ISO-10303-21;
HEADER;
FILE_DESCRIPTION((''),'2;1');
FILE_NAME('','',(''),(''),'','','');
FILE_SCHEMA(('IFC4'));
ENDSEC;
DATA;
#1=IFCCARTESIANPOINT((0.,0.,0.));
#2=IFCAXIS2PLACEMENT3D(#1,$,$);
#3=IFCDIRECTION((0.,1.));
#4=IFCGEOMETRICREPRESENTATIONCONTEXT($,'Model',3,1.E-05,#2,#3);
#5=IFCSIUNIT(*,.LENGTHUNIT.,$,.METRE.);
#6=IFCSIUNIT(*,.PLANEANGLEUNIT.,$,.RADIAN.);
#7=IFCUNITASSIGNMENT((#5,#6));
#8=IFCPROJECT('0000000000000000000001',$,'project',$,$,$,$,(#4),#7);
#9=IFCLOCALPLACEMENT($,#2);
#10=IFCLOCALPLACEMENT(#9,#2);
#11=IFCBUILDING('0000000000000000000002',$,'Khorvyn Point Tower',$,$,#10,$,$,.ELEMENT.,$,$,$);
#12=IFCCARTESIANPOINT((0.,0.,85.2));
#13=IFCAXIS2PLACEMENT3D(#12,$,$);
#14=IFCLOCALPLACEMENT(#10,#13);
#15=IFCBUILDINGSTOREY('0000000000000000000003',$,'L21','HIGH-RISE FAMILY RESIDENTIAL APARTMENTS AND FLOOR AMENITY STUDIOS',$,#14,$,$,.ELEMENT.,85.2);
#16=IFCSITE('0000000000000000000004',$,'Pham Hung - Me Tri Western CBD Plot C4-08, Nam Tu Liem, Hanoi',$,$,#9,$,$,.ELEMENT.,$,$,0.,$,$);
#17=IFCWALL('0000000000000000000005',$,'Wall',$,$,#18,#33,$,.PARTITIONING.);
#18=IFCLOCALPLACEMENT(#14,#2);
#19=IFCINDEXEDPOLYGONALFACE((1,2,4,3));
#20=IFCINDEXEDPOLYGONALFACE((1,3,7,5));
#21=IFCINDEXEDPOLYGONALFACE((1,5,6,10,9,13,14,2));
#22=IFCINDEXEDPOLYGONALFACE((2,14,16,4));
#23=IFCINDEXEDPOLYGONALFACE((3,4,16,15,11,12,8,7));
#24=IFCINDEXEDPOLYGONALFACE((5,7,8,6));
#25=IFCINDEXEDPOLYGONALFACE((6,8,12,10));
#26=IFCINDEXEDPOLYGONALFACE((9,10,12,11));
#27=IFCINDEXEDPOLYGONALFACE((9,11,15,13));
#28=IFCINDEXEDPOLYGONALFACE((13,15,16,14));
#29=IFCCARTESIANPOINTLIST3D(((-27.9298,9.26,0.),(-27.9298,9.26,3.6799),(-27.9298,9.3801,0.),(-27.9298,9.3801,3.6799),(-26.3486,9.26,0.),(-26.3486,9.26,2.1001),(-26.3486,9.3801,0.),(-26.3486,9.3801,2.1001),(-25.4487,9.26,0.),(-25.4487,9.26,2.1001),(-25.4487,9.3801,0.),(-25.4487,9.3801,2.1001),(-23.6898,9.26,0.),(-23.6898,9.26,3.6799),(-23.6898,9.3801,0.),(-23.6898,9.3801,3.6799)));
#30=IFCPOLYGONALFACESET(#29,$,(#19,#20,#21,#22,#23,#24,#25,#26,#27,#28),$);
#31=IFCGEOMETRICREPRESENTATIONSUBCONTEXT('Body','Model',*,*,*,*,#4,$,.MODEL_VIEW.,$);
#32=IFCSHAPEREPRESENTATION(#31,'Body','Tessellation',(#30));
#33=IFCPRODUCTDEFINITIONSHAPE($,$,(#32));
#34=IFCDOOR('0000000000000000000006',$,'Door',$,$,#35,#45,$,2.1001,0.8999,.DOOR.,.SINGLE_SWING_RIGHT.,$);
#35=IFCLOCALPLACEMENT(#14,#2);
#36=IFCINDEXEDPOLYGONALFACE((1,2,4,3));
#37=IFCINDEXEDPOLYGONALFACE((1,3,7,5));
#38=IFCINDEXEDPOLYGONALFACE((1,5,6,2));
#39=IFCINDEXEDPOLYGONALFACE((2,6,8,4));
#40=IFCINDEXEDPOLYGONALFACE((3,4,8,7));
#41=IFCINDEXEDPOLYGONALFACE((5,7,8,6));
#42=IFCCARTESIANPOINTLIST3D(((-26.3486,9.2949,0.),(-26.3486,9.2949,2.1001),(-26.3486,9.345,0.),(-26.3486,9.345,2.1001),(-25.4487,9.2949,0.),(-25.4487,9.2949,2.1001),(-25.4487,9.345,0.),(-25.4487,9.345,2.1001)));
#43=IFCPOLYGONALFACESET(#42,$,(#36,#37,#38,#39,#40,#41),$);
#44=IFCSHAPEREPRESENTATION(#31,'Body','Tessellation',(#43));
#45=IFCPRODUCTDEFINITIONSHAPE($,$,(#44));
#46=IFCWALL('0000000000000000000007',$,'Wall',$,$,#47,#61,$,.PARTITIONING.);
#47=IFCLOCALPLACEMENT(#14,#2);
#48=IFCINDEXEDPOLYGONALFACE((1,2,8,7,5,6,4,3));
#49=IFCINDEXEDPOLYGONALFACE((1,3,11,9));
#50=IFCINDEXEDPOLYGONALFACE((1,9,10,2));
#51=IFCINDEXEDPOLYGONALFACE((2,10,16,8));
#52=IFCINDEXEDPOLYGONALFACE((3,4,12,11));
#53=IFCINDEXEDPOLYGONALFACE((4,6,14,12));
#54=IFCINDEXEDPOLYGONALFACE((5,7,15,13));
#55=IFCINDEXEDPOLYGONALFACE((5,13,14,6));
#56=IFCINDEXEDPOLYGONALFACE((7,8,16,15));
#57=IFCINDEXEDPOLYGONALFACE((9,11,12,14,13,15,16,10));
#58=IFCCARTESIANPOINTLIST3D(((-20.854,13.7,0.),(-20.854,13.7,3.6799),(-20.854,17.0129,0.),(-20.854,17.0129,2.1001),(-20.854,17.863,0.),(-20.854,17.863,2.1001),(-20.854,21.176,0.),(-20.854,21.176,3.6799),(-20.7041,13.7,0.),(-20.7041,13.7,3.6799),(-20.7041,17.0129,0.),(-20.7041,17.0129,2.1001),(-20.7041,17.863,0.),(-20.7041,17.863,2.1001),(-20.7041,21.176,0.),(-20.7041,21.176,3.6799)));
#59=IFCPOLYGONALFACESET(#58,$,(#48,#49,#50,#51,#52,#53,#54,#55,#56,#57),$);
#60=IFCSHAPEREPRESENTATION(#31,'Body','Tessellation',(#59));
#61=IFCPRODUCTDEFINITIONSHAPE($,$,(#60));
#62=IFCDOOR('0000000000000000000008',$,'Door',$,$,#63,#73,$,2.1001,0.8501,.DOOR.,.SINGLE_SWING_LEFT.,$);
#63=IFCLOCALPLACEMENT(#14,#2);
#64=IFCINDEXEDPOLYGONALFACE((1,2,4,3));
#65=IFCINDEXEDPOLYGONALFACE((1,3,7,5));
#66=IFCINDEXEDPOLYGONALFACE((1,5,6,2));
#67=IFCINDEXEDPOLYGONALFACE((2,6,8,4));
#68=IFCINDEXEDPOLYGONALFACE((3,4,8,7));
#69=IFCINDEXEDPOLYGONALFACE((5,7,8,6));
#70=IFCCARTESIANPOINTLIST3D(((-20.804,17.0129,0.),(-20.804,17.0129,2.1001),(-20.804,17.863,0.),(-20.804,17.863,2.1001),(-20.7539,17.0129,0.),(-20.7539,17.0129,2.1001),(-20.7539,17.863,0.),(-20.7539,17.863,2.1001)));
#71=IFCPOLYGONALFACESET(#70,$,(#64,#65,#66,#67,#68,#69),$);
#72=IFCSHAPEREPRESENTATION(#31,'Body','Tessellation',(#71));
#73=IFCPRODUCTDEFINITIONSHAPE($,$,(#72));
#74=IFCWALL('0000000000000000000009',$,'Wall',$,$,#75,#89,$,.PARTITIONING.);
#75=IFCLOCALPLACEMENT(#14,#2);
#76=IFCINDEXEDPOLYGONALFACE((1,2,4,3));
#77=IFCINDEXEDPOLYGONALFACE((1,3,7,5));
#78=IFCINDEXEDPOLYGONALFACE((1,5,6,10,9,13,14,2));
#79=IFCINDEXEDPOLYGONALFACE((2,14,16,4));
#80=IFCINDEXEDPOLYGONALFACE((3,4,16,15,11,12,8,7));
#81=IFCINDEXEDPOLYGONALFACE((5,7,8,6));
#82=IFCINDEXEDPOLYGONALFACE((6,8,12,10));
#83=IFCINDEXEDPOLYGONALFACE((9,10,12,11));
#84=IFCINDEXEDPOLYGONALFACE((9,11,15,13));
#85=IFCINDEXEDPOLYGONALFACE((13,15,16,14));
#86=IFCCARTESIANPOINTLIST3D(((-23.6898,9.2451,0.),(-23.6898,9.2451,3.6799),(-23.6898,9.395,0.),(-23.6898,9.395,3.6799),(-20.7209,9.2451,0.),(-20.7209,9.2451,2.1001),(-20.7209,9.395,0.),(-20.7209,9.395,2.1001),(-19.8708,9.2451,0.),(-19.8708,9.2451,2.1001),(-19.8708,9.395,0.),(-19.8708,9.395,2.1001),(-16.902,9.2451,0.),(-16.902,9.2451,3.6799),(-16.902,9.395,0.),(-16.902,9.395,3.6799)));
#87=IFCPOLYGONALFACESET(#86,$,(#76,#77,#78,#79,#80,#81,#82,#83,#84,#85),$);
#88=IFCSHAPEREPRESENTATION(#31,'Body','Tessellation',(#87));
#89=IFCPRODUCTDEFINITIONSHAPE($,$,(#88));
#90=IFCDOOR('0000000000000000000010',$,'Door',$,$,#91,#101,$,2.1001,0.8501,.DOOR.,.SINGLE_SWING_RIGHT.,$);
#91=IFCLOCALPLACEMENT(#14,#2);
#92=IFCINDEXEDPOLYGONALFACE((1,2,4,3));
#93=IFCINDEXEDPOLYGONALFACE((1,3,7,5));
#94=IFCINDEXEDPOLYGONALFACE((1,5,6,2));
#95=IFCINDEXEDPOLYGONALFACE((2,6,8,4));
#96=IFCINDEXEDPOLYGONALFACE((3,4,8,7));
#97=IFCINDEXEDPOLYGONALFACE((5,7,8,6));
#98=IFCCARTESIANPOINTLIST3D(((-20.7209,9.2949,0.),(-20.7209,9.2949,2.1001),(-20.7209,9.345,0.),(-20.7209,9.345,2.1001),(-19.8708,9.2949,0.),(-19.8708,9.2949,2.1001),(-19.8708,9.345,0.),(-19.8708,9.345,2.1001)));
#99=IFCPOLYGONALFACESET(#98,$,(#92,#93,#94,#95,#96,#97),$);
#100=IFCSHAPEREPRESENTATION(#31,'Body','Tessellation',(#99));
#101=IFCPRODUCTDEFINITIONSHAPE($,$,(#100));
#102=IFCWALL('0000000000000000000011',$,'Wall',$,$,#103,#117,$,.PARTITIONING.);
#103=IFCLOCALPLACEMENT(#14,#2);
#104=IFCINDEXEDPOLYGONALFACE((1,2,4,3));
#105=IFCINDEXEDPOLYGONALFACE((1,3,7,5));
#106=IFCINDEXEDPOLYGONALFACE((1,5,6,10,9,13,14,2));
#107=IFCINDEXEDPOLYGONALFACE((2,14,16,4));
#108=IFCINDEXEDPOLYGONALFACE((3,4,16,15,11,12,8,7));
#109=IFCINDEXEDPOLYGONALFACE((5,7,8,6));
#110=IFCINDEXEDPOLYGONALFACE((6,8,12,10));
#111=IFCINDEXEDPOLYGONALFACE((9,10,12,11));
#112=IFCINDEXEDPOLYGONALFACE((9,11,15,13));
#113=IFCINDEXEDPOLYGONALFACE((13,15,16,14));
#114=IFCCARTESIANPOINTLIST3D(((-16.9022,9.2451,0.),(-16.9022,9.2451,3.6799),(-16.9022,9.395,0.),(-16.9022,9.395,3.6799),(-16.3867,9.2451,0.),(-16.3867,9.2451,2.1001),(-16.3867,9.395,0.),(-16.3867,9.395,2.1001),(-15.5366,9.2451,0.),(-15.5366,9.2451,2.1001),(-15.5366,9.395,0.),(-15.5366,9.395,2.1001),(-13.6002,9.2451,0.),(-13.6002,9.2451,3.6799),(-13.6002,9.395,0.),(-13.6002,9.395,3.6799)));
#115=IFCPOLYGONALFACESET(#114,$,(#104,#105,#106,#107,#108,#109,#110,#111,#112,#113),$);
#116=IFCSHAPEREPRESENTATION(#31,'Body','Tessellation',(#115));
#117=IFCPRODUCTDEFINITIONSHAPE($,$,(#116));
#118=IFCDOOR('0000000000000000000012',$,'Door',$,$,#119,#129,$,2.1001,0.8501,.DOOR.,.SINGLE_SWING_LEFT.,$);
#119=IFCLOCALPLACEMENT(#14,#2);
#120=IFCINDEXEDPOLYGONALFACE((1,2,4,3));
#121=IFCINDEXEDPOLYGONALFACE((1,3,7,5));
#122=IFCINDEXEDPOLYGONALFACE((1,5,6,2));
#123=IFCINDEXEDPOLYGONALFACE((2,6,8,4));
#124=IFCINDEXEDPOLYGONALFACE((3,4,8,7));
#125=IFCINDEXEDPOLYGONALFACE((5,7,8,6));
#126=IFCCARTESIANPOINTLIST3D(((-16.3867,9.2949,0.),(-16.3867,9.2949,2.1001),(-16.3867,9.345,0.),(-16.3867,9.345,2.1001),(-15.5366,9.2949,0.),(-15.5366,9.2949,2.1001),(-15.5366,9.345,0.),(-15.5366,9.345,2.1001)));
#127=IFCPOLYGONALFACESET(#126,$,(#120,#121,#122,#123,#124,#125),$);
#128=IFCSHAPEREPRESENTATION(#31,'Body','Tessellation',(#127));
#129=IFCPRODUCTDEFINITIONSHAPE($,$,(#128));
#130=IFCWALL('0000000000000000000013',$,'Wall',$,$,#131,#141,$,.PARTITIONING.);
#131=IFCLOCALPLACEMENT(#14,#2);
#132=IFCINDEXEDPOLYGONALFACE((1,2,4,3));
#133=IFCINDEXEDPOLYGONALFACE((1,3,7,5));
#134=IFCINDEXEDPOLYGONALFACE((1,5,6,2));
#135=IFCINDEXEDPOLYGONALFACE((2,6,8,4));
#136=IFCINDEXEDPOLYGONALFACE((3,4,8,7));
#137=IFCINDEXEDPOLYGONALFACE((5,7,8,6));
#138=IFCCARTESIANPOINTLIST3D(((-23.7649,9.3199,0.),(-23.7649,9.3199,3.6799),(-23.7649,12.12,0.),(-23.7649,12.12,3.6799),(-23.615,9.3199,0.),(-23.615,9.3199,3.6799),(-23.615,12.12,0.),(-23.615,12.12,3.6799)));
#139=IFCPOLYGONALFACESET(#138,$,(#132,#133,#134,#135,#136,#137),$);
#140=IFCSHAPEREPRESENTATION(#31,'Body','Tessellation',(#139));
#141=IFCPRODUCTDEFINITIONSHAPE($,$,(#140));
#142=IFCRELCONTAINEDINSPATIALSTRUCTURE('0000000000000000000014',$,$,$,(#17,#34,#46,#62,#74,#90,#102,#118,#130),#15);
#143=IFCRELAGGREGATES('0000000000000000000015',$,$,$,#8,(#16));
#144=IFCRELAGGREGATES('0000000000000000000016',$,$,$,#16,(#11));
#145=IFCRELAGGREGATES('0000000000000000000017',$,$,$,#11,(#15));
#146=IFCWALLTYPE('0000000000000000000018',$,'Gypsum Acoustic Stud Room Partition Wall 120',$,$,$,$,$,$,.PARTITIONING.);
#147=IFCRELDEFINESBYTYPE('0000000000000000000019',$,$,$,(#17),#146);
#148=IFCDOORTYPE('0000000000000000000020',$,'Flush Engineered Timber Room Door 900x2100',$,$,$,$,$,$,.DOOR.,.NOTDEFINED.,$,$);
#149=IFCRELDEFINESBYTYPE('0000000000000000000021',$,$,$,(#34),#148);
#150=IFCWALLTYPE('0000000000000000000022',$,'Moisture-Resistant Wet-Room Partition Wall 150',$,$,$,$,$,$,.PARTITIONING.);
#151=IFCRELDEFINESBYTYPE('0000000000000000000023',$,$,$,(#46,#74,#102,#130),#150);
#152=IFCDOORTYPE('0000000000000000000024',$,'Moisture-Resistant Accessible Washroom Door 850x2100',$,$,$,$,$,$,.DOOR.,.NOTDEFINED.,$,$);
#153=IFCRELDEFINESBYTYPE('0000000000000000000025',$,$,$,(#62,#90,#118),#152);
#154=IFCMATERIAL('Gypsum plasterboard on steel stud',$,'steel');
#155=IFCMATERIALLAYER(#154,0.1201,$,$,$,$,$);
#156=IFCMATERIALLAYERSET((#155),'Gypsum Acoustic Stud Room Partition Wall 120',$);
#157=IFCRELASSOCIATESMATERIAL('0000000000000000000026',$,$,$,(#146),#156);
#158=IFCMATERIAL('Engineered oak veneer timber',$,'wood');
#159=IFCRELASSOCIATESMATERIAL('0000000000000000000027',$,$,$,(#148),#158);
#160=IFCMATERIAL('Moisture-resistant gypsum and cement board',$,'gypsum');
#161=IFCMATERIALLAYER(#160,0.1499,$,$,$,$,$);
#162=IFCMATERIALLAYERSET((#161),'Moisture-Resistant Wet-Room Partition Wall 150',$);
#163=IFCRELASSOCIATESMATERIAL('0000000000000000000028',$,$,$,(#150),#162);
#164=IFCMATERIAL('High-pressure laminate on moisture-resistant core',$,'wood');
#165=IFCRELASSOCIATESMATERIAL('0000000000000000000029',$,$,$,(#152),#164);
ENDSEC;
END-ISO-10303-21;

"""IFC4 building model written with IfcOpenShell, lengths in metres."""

from ifc_helpers import new_model, si_unit, direction, frame, frame_2d, origin, place, context, subcontext, project, spatial, rectangle, extrude, material, layer, layer_set, type_object, element, fill, save


model = new_model("IFC4")

# Units and contexts
model_context = context("Model", 3, precision=1e-05, world=origin(), true_north=direction((0.0, 1.0)))
body_context = subcontext(model_context, "Body", "Model", "MODEL_VIEW")
ifc_project = project(units=[si_unit("LENGTHUNIT", "METRE"), si_unit("PLANEANGLEUNIT", "RADIAN")], contexts=[model_context])

# Site, building, storey
site_placement = place(None, origin())
site = spatial("IfcSite", under=ifc_project, at=site_placement, Name="Pham Hung - Me Tri Western CBD Plot C4-08, Nam Tu Liem, Hanoi", CompositionType="ELEMENT", RefElevation=0.0)
building_placement = place(site_placement, origin())
building = spatial("IfcBuilding", under=site, at=building_placement, Name="Khorvyn Point Tower", CompositionType="ELEMENT")
storey_placement = place(building_placement, frame((0.0, 0.0, 85.2)))
storey = spatial("IfcBuildingStorey", under=building, at=storey_placement, Name="L21", Description="HIGH-RISE FAMILY RESIDENTIAL APARTMENTS AND FLOOR AMENITY STUDIOS", CompositionType="ELEMENT", Elevation=85.2)

# Walls, openings, doors
ifc_material_1 = material(Name="Gypsum plasterboard on steel stud", Category="steel")
ifc_layer_1 = layer(ifc_material_1, 0.1201)
ifc_layer_set_1 = layer_set([ifc_layer_1], Name="Gypsum Acoustic Stud Room Partition Wall 120")
wall_type_1 = type_object("IfcWallType", Name="Gypsum Acoustic Stud Room Partition Wall 120", PredefinedType="PARTITIONING", material=ifc_layer_set_1)
wall_1_placement = place(storey_placement, frame((-27.9299, 9.3201, 0.0), z_axis=(0.0, 0.0, 1.0), x_axis=(1.0, 0.0, 0.0)))
wall_1 = element("IfcWall", 1, at=wall_1_placement, inside=storey, type_object=wall_type_1, Name="Wall", PredefinedType="PARTITIONING", context=body_context, shape_type="SweptSolid", body=[
    extrude(rectangle(XDim=4.24, YDim=0.1201, at=frame_2d((2.1201, 0.0))), origin(), (0.0, 0.0, 1.0), 3.6799),
])
opening_1_placement = place(wall_1_placement, frame((1.5813, 0.0, 0.0)))
opening_1 = element("IfcOpeningElement", 2, at=opening_1_placement, cuts=wall_1, PredefinedType="OPENING", context=body_context, shape_type="SweptSolid", body=[
    extrude(rectangle(XDim=0.8999, YDim=2.1001, at=frame_2d((0.45, 1.05))), frame((0.0, 0.0701, 0.0), z_axis=(0.0, -1.0, 0.0), x_axis=(1.0, 0.0, 0.0)), (0.0, 0.0, 1.0), 0.1401),
])
ifc_material_2 = material(Name="Engineered oak veneer timber", Category="wood")
door_type_1 = type_object("IfcDoorType", Name="Flush Engineered Timber Room Door 900x2100", OperationType="NOTDEFINED", PredefinedType="DOOR", material=ifc_material_2)
door_1_placement = place(opening_1_placement, origin())
door_1 = element("IfcDoor", 3, at=door_1_placement, inside=storey, type_object=door_type_1, Name="Door", OperationType="SINGLE_SWING_RIGHT", OverallHeight=2.1001, OverallWidth=0.8999, PredefinedType="DOOR", context=body_context, shape_type="SweptSolid", body=[
    extrude(rectangle(XDim=0.8999, YDim=2.1001, at=frame_2d((0.45, 1.05))), frame((0.0, 0.0249, 0.0), z_axis=(0.0, -1.0, 0.0), x_axis=(1.0, 0.0, 0.0)), (0.0, 0.0, 1.0), 0.05),
])
fill(opening_1, door_1)
ifc_material_3 = material(Name="Moisture-resistant gypsum and cement board", Category="gypsum")
ifc_layer_2 = layer(ifc_material_3, 0.1499)
ifc_layer_set_2 = layer_set([ifc_layer_2], Name="Moisture-Resistant Wet-Room Partition Wall 150")
wall_type_2 = type_object("IfcWallType", Name="Moisture-Resistant Wet-Room Partition Wall 150", PredefinedType="PARTITIONING", material=ifc_layer_set_2)
wall_2_placement = place(storey_placement, frame((-20.7791, 13.7, 0.0), z_axis=(0.0, 0.0, 1.0), x_axis=(0.0, 1.0, 0.0)))
wall_2 = element("IfcWall", 4, at=wall_2_placement, inside=storey, type_object=wall_type_2, Name="Wall", PredefinedType="PARTITIONING", context=body_context, shape_type="SweptSolid", body=[
    extrude(rectangle(XDim=7.4761, YDim=0.1499, at=frame_2d((3.738, 0.0))), origin(), (0.0, 0.0, 1.0), 3.6799),
])
opening_2_placement = place(wall_2_placement, frame((3.313, 0.0, 0.0)))
opening_2 = element("IfcOpeningElement", 5, at=opening_2_placement, cuts=wall_2, PredefinedType="OPENING", context=body_context, shape_type="SweptSolid", body=[
    extrude(rectangle(XDim=0.8501, YDim=2.1001, at=frame_2d((0.425, 1.05))), frame((0.0, 0.085, 0.0), z_axis=(0.0, -1.0, 0.0), x_axis=(1.0, 0.0, 0.0)), (0.0, 0.0, 1.0), 0.1699),
])
ifc_material_4 = material(Name="High-pressure laminate on moisture-resistant core", Category="wood")
door_type_2 = type_object("IfcDoorType", Name="Moisture-Resistant Accessible Washroom Door 850x2100", OperationType="NOTDEFINED", PredefinedType="DOOR", material=ifc_material_4)
door_2_placement = place(opening_2_placement, origin())
door_2 = element("IfcDoor", 6, at=door_2_placement, inside=storey, type_object=door_type_2, Name="Door", OperationType="SINGLE_SWING_LEFT", OverallHeight=2.1001, OverallWidth=0.8501, PredefinedType="DOOR", context=body_context, shape_type="SweptSolid", body=[
    extrude(rectangle(XDim=0.8501, YDim=2.1001, at=frame_2d((0.425, 1.05))), frame((0.0, 0.0249, 0.0), z_axis=(0.0, -1.0, 0.0), x_axis=(1.0, 0.0, 0.0)), (0.0, 0.0, 1.0), 0.05),
])
fill(opening_2, door_2)
wall_3_placement = place(storey_placement, frame((-23.6899, 9.3201, 0.0), z_axis=(0.0, 0.0, 1.0), x_axis=(1.0, 0.0, 0.0)))
wall_3 = element("IfcWall", 7, at=wall_3_placement, inside=storey, type_object=wall_type_2, Name="Wall", PredefinedType="PARTITIONING", context=body_context, shape_type="SweptSolid", body=[
    extrude(rectangle(XDim=6.7878, YDim=0.1499, at=frame_2d((3.394, 0.0))), origin(), (0.0, 0.0, 1.0), 3.6799),
])
opening_3_placement = place(wall_3_placement, frame((2.969, 0.0, 0.0)))
opening_3 = element("IfcOpeningElement", 8, at=opening_3_placement, cuts=wall_3, PredefinedType="OPENING", context=body_context, shape_type="SweptSolid", body=[
    extrude(rectangle(XDim=0.8501, YDim=2.1001, at=frame_2d((0.425, 1.05))), frame((0.0, 0.085, 0.0), z_axis=(0.0, -1.0, 0.0), x_axis=(1.0, 0.0, 0.0)), (0.0, 0.0, 1.0), 0.1699),
])
door_3_placement = place(opening_3_placement, origin())
door_3 = element("IfcDoor", 9, at=door_3_placement, inside=storey, type_object=door_type_2, Name="Door", OperationType="SINGLE_SWING_RIGHT", OverallHeight=2.1001, OverallWidth=0.8501, PredefinedType="DOOR", context=body_context, shape_type="SweptSolid", body=[
    extrude(rectangle(XDim=0.8501, YDim=2.1001, at=frame_2d((0.425, 1.05))), frame((0.0, 0.0249, 0.0), z_axis=(0.0, -1.0, 0.0), x_axis=(1.0, 0.0, 0.0)), (0.0, 0.0, 1.0), 0.05),
])
fill(opening_3, door_3)
wall_4_placement = place(storey_placement, frame((-16.9021, 9.3201, 0.0), z_axis=(0.0, 0.0, 1.0), x_axis=(1.0, 0.0, 0.0)))
wall_4 = element("IfcWall", 10, at=wall_4_placement, inside=storey, type_object=wall_type_2, Name="Wall", PredefinedType="PARTITIONING", context=body_context, shape_type="SweptSolid", body=[
    extrude(rectangle(XDim=3.302, YDim=0.1499, at=frame_2d((1.6509, 0.0))), origin(), (0.0, 0.0, 1.0), 3.6799),
])
opening_4_placement = place(wall_4_placement, frame((0.5154, 0.0, 0.0)))
opening_4 = element("IfcOpeningElement", 11, at=opening_4_placement, cuts=wall_4, PredefinedType="OPENING", context=body_context, shape_type="SweptSolid", body=[
    extrude(rectangle(XDim=0.8501, YDim=2.1001, at=frame_2d((0.425, 1.05))), frame((0.0, 0.085, 0.0), z_axis=(0.0, -1.0, 0.0), x_axis=(1.0, 0.0, 0.0)), (0.0, 0.0, 1.0), 0.1699),
])
door_4_placement = place(opening_4_placement, origin())
door_4 = element("IfcDoor", 12, at=door_4_placement, inside=storey, type_object=door_type_2, Name="Door", OperationType="SINGLE_SWING_LEFT", OverallHeight=2.1001, OverallWidth=0.8501, PredefinedType="DOOR", context=body_context, shape_type="SweptSolid", body=[
    extrude(rectangle(XDim=0.8501, YDim=2.1001, at=frame_2d((0.425, 1.05))), frame((0.0, 0.0249, 0.0), z_axis=(0.0, -1.0, 0.0), x_axis=(1.0, 0.0, 0.0)), (0.0, 0.0, 1.0), 0.05),
])
fill(opening_4, door_4)

# Wall
wall_5_placement = place(storey_placement, frame((-23.6899, 9.3201, 0.0), z_axis=(0.0, 0.0, 1.0), x_axis=(0.0, 1.0, 0.0)))
element("IfcWall", 13, at=wall_5_placement, inside=storey, type_object=wall_type_2, Name="Wall", PredefinedType="PARTITIONING", context=body_context, shape_type="SweptSolid", body=[
    extrude(rectangle(XDim=2.8, YDim=0.1499, at=frame_2d((1.3999, 0.0))), origin(), (0.0, 0.0, 1.0), 3.6799),
])

save(model, "model.ifc")
